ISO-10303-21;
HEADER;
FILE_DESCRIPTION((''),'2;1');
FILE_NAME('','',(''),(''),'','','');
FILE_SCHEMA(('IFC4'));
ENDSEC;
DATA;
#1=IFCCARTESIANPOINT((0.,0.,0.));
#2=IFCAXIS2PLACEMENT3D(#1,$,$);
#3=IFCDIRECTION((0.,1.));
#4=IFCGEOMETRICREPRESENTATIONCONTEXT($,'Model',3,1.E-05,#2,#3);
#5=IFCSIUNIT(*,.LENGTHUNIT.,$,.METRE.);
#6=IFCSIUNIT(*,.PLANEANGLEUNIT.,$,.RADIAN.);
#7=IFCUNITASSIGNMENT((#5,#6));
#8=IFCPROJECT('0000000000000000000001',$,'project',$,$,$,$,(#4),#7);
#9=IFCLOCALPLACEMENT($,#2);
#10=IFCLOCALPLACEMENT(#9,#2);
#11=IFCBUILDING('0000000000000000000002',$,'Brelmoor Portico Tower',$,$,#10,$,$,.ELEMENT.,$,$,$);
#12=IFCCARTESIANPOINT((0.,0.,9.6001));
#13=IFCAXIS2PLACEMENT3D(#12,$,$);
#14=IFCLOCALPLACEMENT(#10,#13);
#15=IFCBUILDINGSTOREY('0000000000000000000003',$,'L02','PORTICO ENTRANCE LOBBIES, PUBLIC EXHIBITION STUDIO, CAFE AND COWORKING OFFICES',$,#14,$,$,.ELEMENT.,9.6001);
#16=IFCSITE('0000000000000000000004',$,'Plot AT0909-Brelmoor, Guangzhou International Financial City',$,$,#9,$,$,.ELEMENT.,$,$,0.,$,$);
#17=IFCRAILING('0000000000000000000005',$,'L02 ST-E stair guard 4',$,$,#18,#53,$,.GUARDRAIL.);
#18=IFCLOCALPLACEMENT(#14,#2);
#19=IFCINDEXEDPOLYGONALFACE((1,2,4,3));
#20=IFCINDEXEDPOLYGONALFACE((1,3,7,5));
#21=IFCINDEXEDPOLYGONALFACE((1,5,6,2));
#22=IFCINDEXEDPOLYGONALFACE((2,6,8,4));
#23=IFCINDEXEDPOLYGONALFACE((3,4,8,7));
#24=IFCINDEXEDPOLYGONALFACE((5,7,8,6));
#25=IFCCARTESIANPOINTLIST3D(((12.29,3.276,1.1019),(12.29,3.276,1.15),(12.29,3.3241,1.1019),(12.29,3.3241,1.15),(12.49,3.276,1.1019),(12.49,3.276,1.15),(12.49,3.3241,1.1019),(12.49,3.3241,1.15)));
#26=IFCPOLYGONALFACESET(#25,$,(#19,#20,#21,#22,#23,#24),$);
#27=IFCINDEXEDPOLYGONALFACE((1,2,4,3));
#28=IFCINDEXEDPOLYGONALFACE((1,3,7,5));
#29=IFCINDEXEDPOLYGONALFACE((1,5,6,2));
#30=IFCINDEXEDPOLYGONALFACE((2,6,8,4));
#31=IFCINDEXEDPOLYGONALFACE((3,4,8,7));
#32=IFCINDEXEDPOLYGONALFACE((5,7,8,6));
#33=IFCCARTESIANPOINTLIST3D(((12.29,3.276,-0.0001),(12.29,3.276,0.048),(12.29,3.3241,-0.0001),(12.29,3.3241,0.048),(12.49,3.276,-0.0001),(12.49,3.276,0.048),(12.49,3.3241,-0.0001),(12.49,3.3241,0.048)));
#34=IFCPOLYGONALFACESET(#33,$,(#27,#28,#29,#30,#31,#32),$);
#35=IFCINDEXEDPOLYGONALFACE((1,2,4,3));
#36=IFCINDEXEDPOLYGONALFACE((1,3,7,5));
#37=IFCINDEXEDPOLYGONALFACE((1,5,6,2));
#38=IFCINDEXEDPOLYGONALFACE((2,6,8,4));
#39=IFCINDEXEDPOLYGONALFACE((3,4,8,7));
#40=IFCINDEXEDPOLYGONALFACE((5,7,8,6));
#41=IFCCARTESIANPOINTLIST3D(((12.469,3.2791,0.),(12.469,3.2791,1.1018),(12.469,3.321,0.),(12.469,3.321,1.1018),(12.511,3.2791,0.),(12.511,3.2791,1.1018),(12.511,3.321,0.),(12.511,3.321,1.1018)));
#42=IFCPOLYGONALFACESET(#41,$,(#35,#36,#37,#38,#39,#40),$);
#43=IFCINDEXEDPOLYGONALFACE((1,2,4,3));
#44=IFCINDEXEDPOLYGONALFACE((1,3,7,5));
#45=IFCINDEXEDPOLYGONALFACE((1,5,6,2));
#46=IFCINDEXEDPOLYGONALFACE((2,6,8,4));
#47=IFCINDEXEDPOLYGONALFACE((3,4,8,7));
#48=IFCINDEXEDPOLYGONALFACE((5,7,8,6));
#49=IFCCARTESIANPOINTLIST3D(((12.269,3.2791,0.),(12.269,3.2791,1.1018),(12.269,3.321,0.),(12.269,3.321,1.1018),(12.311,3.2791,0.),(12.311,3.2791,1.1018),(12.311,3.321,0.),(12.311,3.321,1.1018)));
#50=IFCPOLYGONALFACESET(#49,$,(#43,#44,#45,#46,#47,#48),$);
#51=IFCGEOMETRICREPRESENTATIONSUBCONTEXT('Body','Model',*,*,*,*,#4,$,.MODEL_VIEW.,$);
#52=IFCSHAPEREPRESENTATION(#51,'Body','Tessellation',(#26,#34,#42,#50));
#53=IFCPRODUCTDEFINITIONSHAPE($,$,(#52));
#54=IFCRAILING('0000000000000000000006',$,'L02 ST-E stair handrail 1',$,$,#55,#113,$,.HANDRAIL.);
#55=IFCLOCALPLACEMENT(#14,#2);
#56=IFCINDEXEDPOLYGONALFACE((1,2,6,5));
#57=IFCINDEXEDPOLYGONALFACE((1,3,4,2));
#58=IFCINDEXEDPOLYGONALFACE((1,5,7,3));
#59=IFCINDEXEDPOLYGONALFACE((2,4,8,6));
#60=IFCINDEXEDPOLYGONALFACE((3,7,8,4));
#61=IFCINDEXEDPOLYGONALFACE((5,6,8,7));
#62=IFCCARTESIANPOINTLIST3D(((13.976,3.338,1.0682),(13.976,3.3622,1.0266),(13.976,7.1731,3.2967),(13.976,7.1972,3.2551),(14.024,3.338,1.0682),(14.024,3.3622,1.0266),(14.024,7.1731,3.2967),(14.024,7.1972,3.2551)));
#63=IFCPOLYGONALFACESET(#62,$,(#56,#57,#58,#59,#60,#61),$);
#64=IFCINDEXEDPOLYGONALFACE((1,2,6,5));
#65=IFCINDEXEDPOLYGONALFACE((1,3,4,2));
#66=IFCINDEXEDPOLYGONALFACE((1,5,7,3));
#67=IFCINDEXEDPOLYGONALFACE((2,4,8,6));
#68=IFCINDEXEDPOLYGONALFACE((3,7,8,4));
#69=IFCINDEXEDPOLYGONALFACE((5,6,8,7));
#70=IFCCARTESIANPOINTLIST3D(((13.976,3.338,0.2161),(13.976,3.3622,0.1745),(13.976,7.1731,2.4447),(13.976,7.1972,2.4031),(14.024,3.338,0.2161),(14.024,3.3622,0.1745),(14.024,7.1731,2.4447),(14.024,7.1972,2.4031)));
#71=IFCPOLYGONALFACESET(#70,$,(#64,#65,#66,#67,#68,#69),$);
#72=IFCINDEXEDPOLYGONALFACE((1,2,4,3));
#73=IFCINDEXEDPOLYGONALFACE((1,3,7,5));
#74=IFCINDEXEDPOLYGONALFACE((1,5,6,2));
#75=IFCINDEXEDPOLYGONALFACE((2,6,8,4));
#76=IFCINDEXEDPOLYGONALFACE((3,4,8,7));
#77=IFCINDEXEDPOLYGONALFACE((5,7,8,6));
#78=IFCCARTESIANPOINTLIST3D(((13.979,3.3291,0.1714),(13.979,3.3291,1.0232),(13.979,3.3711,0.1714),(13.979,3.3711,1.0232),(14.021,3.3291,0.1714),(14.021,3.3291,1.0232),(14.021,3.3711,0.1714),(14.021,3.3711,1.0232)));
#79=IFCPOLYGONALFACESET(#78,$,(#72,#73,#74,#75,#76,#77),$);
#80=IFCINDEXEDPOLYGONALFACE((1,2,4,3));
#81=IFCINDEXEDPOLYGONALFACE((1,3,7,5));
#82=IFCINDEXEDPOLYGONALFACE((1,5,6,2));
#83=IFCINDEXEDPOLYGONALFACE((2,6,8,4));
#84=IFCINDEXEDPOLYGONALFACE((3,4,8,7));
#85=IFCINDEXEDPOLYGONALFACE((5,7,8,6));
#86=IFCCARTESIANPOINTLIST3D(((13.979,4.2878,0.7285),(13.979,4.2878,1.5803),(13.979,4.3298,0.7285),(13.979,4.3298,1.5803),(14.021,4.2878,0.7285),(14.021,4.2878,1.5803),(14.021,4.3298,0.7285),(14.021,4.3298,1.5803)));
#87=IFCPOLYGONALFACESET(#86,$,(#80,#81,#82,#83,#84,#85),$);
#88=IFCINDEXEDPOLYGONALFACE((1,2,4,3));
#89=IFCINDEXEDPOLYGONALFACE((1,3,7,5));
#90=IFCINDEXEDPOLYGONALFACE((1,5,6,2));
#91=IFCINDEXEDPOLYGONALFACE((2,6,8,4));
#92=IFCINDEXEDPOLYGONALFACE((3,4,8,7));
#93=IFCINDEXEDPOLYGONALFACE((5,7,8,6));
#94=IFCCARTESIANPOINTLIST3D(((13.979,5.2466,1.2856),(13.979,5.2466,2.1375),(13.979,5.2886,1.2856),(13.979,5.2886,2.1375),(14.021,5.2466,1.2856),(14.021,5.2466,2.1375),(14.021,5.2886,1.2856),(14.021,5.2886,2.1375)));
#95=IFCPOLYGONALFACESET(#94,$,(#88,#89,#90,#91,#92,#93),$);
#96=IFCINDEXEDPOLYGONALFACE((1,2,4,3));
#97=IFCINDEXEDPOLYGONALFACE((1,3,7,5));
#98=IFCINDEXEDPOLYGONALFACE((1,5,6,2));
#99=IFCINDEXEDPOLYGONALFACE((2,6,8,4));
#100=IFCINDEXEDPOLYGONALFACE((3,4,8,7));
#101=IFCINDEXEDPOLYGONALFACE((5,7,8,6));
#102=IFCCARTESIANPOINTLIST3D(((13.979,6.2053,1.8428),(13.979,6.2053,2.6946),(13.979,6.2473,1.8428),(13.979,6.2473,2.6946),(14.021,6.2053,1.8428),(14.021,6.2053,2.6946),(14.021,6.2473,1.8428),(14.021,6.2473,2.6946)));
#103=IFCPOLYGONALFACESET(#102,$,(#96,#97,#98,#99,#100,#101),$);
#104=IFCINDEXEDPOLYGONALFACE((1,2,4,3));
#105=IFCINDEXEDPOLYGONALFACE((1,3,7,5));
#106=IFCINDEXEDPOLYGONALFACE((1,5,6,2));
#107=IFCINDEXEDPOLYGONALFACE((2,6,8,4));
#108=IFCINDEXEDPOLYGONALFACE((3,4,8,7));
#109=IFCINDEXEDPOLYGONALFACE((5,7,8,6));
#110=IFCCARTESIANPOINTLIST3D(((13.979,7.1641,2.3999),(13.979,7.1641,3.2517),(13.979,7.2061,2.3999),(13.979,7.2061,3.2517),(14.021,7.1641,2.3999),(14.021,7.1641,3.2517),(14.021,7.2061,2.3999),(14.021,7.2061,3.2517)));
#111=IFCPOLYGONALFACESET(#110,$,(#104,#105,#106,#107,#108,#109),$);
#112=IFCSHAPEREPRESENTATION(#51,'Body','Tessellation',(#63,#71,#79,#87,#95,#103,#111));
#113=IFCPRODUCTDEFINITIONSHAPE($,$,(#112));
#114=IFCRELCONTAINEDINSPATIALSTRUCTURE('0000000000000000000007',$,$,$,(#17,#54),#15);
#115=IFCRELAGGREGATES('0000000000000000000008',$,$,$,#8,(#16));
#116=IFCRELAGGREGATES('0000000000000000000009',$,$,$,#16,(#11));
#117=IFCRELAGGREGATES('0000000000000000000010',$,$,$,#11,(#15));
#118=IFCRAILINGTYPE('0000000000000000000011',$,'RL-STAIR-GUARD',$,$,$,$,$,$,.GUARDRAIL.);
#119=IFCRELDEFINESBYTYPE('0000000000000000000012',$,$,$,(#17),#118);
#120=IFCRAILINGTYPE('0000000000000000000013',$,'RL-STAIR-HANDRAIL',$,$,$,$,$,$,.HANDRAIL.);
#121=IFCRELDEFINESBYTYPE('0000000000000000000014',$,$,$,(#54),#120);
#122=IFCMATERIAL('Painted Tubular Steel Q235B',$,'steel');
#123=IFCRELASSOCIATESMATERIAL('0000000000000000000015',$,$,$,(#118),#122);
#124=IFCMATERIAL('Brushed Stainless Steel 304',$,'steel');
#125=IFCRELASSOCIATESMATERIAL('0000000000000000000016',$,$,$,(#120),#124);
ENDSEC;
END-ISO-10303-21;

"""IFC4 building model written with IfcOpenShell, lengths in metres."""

from ifc_helpers import new_model, si_unit, direction, frame, origin, origin_2d, place, context, subcontext, project, spatial, rectangle, extrude, material, type_object, element, save


model = new_model("IFC4")

# Units and contexts
model_context = context("Model", 3, precision=1e-05, world=origin(), true_north=direction((0.0, 1.0)))
body_context = subcontext(model_context, "Body", "Model", "MODEL_VIEW")
ifc_project = project(units=[si_unit("LENGTHUNIT", "METRE"), si_unit("PLANEANGLEUNIT", "RADIAN")], contexts=[model_context])

# Site, building, storey
site_placement = place(None, origin())
site = spatial("IfcSite", under=ifc_project, at=site_placement, Name="Plot AT0909-Brelmoor, Guangzhou International Financial City", CompositionType="ELEMENT", RefElevation=0.0)
building_placement = place(site_placement, origin())
building = spatial("IfcBuilding", under=site, at=building_placement, Name="Brelmoor Portico Tower", CompositionType="ELEMENT")
storey_placement = place(building_placement, frame((0.0, 0.0, 9.6001)))
storey = spatial("IfcBuildingStorey", under=building, at=storey_placement, Name="L02", Description="PORTICO ENTRANCE LOBBIES, PUBLIC EXHIBITION STUDIO, CAFE AND COWORKING OFFICES", CompositionType="ELEMENT", Elevation=9.6001)

# Railings
ifc_material_1 = material(Name="Painted Tubular Steel Q235B", Category="steel")
railing_type_1 = type_object("IfcRailingType", Name="RL-STAIR-GUARD", PredefinedType="GUARDRAIL", material=ifc_material_1)
railing_1_placement = place(storey_placement, frame((12.49, 3.3, 0.0)))
element("IfcRailing", 1, at=railing_1_placement, inside=storey, type_object=railing_type_1, Name="L02 ST-E stair guard 4", PredefinedType="GUARDRAIL", context=body_context, shape_type="SweptSolid", body=[
    extrude(rectangle(XDim=0.0481, YDim=0.0481, at=origin_2d()), frame((0.0, 0.0, 1.126), z_axis=(-1.0, 0.0, 0.0), x_axis=(0.0, -1.0, 0.0)), (0.0, 0.0, 1.0), 0.2),
    extrude(rectangle(XDim=0.0481, YDim=0.0481, at=origin_2d()), frame((0.0, 0.0, 0.0239), z_axis=(-1.0, 0.0, 0.0), x_axis=(0.0, -1.0, 0.0)), (0.0, 0.0, 1.0), 0.2),
    extrude(rectangle(XDim=0.042, YDim=0.042, at=origin_2d()), origin(), (0.0, 0.0, 1.0), 1.1018),
    extrude(rectangle(XDim=0.042, YDim=0.042, at=origin_2d()), frame((-0.2, 0.0, 0.0)), (0.0, 0.0, 1.0), 1.1018),
])
ifc_material_2 = material(Name="Brushed Stainless Steel 304", Category="steel")
railing_type_2 = type_object("IfcRailingType", Name="RL-STAIR-HANDRAIL", PredefinedType="HANDRAIL", material=ifc_material_2)
railing_2_placement = place(storey_placement, frame((14.0, 3.3501, 0.1714)))
element("IfcRailing", 2, at=railing_2_placement, inside=storey, type_object=railing_type_2, Name="L02 ST-E stair handrail 1", PredefinedType="HANDRAIL", context=body_context, shape_type="SweptSolid", body=[
    extrude(rectangle(XDim=0.0481, YDim=0.0481, at=origin_2d()), frame((0.0, 0.0, 0.876), z_axis=(0.0, 0.864616, 0.502433), x_axis=(-1.0, 0.0, 0.0)), (0.0, 0.0, 1.0), 4.4355),
    extrude(rectangle(XDim=0.0481, YDim=0.0481, at=origin_2d()), frame((0.0, 0.0, 0.0239), z_axis=(0.0, 0.864616, 0.502433), x_axis=(-1.0, 0.0, 0.0)), (0.0, 0.0, 1.0), 4.4355),
    extrude(rectangle(XDim=0.042, YDim=0.042, at=origin_2d()), origin(), (0.0, 0.0, 1.0), 0.8518),
    extrude(rectangle(XDim=0.042, YDim=0.042, at=origin_2d()), frame((0.0, 0.9587, 0.5571)), (0.0, 0.0, 1.0), 0.8518),
    extrude(rectangle(XDim=0.042, YDim=0.042, at=origin_2d()), frame((0.0, 1.9175, 1.1143)), (0.0, 0.0, 1.0), 0.8518),
    extrude(rectangle(XDim=0.042, YDim=0.042, at=origin_2d()), frame((0.0, 2.8762, 1.6714)), (0.0, 0.0, 1.0), 0.8518),
    extrude(rectangle(XDim=0.042, YDim=0.042, at=origin_2d()), frame((0.0, 3.835, 2.2285)), (0.0, 0.0, 1.0), 0.8518),
])

save(model, "model.ifc")
